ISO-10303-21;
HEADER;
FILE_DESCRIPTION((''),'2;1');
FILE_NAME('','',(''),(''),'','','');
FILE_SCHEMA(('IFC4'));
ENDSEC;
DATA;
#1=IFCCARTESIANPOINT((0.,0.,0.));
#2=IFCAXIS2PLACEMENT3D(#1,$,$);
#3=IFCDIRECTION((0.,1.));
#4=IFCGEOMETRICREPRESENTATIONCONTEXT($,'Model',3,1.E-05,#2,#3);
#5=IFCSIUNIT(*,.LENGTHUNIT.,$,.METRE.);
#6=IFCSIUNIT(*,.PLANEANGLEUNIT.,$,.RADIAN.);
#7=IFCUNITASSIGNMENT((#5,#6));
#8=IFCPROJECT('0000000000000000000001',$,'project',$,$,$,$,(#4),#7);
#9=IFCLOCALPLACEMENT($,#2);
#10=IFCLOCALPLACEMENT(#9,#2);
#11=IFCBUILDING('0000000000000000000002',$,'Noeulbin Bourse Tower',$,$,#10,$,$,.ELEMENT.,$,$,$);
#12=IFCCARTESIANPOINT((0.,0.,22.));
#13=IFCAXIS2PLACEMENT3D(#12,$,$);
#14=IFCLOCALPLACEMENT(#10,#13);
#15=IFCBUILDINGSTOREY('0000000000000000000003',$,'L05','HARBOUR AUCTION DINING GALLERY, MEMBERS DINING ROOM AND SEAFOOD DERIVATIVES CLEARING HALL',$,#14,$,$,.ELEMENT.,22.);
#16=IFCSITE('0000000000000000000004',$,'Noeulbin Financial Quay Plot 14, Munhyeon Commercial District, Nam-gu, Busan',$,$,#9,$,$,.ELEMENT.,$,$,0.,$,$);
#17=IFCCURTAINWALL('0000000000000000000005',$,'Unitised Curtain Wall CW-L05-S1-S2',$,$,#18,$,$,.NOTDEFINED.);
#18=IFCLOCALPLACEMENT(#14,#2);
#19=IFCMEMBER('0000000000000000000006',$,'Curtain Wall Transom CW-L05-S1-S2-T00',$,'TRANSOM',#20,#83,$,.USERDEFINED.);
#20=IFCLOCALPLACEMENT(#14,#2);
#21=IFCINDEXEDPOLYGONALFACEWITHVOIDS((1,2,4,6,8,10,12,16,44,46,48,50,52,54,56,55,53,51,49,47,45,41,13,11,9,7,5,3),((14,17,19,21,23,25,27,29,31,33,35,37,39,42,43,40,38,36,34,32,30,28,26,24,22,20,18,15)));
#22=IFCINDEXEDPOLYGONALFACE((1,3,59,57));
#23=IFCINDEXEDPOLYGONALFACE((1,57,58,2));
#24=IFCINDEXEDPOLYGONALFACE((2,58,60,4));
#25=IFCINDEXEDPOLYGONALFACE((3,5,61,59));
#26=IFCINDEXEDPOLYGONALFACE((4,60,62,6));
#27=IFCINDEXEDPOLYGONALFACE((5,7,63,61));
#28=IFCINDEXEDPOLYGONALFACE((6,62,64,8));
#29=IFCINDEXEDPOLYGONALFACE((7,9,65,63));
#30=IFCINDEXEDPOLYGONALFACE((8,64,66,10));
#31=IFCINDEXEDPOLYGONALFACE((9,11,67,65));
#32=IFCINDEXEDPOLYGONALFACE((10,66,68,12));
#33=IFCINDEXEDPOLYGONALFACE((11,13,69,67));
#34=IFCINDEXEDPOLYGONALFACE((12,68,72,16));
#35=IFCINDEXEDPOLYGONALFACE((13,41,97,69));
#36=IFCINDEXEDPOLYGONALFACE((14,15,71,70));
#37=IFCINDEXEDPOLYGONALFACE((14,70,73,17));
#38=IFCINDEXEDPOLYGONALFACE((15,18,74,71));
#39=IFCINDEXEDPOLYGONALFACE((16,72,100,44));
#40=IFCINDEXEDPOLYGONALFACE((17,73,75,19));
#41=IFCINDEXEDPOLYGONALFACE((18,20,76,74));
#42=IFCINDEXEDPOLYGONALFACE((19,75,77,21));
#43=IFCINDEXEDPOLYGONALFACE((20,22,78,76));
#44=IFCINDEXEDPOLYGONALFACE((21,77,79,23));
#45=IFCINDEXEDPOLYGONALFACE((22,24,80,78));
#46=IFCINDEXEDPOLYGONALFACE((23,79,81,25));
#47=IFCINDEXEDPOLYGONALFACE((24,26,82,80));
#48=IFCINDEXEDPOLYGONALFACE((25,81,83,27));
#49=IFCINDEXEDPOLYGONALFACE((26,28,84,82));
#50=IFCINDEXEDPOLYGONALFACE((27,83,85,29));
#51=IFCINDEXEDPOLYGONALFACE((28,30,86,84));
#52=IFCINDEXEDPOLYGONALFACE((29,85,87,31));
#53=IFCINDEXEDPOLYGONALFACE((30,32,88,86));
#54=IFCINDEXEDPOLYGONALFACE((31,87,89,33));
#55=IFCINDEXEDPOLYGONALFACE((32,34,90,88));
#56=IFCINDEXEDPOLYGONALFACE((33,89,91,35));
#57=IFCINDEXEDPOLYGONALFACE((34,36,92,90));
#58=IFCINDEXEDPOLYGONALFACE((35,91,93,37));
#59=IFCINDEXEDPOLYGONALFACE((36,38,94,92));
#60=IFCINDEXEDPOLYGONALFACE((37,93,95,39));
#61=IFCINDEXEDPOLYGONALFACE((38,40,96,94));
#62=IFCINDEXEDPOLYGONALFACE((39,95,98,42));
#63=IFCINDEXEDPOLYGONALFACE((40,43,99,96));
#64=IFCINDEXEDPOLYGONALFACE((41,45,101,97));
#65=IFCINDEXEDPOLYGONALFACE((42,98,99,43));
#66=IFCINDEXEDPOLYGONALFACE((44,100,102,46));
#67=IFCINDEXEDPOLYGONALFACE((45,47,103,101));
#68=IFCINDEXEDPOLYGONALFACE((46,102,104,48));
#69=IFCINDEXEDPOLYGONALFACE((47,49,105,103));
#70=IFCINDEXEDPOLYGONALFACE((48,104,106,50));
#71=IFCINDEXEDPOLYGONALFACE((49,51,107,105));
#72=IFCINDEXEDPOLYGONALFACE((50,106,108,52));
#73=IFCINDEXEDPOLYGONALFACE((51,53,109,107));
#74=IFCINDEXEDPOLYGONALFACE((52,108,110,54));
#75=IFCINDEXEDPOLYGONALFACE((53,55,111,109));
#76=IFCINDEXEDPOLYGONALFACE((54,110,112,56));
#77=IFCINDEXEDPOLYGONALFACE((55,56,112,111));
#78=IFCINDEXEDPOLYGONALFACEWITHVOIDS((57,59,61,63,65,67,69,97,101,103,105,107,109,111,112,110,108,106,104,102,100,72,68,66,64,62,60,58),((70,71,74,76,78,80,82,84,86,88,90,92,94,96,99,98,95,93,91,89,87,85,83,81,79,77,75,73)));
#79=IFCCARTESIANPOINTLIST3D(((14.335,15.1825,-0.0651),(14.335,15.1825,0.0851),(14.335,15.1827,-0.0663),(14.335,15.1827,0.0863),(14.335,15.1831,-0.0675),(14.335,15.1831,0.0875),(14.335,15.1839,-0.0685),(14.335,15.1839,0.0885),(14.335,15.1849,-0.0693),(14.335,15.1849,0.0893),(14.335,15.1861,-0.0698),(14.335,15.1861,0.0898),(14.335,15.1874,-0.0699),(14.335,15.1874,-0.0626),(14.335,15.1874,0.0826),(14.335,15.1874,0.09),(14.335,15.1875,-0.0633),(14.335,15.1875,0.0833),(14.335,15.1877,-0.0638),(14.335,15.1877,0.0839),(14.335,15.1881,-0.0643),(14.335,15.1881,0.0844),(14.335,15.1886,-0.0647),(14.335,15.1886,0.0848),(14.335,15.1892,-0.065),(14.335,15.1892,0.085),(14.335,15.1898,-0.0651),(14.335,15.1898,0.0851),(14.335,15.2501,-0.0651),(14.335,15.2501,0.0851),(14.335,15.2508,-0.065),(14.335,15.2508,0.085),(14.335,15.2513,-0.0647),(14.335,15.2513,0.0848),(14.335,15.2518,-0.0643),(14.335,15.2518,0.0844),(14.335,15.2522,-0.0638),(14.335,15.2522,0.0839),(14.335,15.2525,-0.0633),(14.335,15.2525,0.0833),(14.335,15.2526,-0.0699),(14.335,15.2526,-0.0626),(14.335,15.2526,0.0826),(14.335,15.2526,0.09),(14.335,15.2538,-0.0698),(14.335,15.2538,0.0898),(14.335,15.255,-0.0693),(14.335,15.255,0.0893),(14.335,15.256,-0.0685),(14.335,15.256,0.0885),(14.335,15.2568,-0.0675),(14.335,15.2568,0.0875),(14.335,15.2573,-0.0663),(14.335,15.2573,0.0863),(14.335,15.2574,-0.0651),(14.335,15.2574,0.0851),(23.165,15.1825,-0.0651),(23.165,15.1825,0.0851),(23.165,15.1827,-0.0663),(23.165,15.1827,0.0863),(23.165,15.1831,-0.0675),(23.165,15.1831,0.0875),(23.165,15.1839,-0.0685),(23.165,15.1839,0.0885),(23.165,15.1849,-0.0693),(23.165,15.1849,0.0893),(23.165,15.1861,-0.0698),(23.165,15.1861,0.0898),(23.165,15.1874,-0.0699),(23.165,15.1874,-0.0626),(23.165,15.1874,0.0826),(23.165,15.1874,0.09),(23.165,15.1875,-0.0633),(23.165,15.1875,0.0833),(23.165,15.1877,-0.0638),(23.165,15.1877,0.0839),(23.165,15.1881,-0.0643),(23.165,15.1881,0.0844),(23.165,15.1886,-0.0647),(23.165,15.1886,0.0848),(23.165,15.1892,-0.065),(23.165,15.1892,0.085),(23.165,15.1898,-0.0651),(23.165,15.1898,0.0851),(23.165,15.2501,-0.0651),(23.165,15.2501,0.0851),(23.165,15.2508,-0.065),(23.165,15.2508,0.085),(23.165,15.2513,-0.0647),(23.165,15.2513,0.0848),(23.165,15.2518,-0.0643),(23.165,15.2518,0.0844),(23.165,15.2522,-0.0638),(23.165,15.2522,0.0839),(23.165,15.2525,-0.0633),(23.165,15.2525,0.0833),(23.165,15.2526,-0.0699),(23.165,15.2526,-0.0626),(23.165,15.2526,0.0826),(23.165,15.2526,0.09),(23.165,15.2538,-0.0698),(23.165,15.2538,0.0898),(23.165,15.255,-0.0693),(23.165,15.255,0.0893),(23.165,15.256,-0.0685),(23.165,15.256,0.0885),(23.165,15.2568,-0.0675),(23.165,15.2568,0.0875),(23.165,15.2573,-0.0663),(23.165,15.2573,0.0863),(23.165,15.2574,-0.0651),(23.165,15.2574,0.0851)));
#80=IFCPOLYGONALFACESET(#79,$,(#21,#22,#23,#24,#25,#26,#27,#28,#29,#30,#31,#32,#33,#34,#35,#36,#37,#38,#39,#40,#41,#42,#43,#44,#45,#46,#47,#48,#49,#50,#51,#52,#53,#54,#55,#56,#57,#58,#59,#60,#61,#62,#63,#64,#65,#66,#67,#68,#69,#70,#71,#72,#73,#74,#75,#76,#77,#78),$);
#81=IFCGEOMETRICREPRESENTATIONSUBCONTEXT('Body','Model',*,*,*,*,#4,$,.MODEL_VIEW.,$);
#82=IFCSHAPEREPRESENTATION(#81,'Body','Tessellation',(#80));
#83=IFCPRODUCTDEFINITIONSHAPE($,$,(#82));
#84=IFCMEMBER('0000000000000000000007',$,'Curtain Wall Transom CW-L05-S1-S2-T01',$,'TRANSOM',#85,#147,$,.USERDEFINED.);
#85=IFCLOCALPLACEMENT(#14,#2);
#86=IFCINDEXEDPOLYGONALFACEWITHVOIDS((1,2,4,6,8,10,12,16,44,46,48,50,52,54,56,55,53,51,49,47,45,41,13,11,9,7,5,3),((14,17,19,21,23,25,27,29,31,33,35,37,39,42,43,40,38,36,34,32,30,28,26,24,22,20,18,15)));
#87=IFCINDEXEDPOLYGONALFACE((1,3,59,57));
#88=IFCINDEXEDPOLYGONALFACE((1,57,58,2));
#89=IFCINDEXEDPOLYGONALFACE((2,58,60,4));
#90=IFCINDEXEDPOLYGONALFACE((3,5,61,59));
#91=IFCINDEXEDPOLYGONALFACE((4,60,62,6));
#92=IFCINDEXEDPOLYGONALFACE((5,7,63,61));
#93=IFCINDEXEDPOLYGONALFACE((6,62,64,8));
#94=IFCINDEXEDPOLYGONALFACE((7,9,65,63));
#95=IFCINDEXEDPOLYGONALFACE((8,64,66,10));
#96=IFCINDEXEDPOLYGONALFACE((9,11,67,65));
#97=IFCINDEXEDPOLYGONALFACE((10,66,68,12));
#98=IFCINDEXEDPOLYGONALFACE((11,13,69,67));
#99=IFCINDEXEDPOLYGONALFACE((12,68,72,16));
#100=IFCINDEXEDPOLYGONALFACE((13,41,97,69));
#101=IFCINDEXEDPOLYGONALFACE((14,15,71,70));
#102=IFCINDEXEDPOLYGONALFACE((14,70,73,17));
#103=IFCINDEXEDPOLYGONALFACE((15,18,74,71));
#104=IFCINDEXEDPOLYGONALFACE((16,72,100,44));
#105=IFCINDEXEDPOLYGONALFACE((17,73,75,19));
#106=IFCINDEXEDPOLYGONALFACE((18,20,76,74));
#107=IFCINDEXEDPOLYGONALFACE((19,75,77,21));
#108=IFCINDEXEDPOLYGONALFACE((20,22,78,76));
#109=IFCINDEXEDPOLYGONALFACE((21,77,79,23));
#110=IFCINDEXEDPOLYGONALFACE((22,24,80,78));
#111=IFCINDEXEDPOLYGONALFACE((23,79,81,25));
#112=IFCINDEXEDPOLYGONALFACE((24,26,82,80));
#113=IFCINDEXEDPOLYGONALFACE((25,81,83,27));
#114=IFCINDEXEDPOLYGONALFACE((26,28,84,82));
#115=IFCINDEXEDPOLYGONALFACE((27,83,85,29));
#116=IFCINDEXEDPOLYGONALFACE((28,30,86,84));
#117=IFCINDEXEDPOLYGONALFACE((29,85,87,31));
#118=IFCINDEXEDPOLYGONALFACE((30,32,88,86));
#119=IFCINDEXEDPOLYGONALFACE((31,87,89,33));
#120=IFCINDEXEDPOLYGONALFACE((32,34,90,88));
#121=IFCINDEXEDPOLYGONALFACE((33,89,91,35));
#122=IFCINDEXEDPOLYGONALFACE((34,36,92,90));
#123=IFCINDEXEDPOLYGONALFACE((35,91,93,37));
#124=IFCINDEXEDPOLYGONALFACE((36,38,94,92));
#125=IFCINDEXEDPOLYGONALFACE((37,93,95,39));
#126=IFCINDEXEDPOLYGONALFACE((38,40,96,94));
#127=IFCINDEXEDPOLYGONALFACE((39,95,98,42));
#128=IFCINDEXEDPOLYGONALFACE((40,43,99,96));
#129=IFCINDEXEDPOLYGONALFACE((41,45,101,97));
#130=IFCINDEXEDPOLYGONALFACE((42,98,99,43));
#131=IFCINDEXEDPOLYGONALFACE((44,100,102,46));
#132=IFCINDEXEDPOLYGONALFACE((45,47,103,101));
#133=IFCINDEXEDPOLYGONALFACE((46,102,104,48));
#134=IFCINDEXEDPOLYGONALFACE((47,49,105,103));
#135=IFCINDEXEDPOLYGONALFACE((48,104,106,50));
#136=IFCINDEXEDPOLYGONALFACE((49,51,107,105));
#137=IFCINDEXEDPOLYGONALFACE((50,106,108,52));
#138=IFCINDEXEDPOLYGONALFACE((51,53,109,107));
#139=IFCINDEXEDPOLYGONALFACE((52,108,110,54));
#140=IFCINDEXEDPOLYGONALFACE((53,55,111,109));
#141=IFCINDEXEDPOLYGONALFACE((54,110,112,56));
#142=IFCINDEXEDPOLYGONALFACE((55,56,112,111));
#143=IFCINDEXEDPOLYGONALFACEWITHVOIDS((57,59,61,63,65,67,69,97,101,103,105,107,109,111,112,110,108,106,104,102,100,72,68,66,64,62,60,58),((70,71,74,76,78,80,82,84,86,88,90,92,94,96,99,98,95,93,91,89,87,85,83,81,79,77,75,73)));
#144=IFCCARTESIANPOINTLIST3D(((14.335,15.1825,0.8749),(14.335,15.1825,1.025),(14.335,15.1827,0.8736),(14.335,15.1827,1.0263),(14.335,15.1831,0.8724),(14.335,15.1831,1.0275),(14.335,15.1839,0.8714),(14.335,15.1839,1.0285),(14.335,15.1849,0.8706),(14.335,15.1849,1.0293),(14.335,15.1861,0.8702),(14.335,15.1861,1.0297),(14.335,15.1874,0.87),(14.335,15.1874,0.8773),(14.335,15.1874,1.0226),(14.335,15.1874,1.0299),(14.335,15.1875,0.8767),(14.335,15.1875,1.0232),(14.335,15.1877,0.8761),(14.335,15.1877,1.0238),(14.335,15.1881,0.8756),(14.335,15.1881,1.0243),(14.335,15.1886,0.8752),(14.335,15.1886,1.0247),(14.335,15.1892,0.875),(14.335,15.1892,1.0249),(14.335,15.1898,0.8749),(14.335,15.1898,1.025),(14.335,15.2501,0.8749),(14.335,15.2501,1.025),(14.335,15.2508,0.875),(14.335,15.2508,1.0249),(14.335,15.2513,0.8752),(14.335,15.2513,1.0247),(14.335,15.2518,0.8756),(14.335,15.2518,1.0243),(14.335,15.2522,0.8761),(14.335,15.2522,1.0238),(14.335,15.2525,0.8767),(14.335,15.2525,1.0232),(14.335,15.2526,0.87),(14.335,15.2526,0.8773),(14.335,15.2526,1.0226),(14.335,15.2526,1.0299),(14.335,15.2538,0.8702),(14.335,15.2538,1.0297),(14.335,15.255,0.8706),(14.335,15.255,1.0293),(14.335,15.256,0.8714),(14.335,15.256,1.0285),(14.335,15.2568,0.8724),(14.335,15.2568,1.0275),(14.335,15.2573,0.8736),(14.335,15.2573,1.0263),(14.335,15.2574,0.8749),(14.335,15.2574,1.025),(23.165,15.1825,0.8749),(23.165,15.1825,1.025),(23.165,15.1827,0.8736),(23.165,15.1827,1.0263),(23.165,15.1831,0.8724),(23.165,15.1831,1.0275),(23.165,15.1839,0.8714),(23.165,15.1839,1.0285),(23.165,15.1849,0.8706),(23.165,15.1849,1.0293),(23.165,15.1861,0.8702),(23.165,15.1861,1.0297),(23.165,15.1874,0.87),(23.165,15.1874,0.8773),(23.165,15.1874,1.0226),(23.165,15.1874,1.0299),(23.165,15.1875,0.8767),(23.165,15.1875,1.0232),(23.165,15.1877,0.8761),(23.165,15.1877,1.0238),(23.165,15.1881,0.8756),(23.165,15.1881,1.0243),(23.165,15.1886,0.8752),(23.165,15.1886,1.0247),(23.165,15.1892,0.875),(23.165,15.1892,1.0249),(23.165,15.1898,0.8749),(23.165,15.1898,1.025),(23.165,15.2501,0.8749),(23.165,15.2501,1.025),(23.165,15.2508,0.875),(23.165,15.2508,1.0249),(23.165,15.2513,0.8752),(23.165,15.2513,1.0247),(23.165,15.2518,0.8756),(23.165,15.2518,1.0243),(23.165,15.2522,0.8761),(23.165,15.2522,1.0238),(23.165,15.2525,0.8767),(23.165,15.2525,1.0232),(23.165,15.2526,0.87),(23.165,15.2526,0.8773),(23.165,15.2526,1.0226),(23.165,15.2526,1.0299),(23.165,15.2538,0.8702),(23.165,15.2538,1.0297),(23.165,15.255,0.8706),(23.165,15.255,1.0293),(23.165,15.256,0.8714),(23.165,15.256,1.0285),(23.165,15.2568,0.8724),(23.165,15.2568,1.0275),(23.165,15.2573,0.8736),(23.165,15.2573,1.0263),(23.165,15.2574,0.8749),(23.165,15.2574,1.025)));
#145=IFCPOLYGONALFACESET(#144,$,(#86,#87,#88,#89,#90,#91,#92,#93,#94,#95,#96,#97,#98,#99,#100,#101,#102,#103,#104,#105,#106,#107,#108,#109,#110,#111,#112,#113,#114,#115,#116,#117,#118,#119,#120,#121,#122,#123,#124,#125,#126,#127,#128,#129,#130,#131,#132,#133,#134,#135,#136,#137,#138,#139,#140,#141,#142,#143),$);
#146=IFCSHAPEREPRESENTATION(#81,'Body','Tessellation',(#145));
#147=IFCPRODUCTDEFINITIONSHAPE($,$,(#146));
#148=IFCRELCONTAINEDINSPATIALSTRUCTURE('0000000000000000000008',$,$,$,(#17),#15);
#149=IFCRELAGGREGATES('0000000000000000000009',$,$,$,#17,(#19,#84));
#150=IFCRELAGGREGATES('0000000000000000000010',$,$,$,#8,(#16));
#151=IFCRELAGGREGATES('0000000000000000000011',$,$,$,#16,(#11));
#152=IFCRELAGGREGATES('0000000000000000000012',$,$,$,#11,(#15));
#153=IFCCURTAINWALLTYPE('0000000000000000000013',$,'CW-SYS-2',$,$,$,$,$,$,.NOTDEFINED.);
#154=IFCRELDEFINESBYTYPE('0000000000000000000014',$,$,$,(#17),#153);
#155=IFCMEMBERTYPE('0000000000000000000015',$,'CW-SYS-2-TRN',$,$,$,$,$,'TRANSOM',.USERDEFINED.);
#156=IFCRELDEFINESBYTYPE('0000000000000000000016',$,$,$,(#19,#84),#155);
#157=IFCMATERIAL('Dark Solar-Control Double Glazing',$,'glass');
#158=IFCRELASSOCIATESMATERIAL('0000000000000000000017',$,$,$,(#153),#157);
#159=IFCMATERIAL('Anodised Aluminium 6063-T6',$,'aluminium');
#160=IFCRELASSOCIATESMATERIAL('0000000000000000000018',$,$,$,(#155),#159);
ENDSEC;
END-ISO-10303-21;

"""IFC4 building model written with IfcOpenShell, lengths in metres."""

from ifc_helpers import new_model, si_unit, direction, frame, origin, origin_2d, place, context, subcontext, project, spatial, hollow_rectangle, extrude, material, material_profile, profile_set, type_object, element, aggregate, save


model = new_model("IFC4")

# Units and contexts
model_context = context("Model", 3, precision=1e-05, world=origin(), true_north=direction((0.0, 1.0)))
body_context = subcontext(model_context, "Body", "Model", "MODEL_VIEW")
ifc_project = project(units=[si_unit("LENGTHUNIT", "METRE"), si_unit("PLANEANGLEUNIT", "RADIAN")], contexts=[model_context])

# Site, building, storey
site_placement = place(None, origin())
site = spatial("IfcSite", under=ifc_project, at=site_placement, Name="Noeulbin Financial Quay Plot 14, Munhyeon Commercial District, Nam-gu, Busan", CompositionType="ELEMENT", RefElevation=0.0)
building_placement = place(site_placement, origin())
building = spatial("IfcBuilding", under=site, at=building_placement, Name="Noeulbin Bourse Tower", CompositionType="ELEMENT")
storey_placement = place(building_placement, frame((0.0, 0.0, 22.0)))
storey = spatial("IfcBuildingStorey", under=building, at=storey_placement, Name="L05", Description="HARBOUR AUCTION DINING GALLERY, MEMBERS DINING ROOM AND SEAFOOD DERIVATIVES CLEARING HALL", CompositionType="ELEMENT", Elevation=22.0)

# Shared definitions
ifc_material_1 = material(Name="Dark Solar-Control Double Glazing", Category="glass")
curtain_wall_type = type_object("IfcCurtainWallType", Name="CW-SYS-2", PredefinedType="NOTDEFINED", material=ifc_material_1)
ifc_material_2 = material(Name="Anodised Aluminium 6063-T6", Category="aluminium")

# Curtain wall
curtain_wall_1_placement = place(storey_placement, origin())
curtain_wall_1 = element("IfcCurtainWall", 1, at=curtain_wall_1_placement, inside=storey, type_object=curtain_wall_type, Name="Unitised Curtain Wall CW-L05-S1-S2", PredefinedType="NOTDEFINED")

# Members
ifc_material_profile_1 = material_profile(ifc_material_2, hollow_rectangle(XDim=0.075, YDim=0.1599, WallThickness=0.0049, InnerFilletRadius=0.0024, OuterFilletRadius=0.0049, at=origin_2d()), Name="ALU-TRAN-75x160x5", Category="LoadBearing")
ifc_profile_set_1 = profile_set([ifc_material_profile_1], Name="Anodised Aluminium 6063-T6")
member_type_1 = type_object("IfcMemberType", Name="CW-SYS-2-TRN", ElementType="TRANSOM", PredefinedType="USERDEFINED", material=ifc_profile_set_1)
member_1_placement = place(storey_placement, frame((14.335, 15.22, 0.01), z_axis=(1.0, 0.0, 0.0), x_axis=(0.0, 1.0, 0.0)))
member_1 = element("IfcMember", 2, at=member_1_placement, type_object=member_type_1, Name="Curtain Wall Transom CW-L05-S1-S2-T00", ObjectType="TRANSOM", PredefinedType="USERDEFINED", context=body_context, shape_type="SweptSolid", body=[
    extrude(hollow_rectangle(XDim=0.075, YDim=0.1599, WallThickness=0.0049, InnerFilletRadius=0.0024, OuterFilletRadius=0.0049, at=origin_2d()), origin(), (0.0, 0.0, 1.0), 8.8301),
])
member_2_placement = place(storey_placement, frame((14.335, 15.22, 0.95), z_axis=(1.0, 0.0, 0.0), x_axis=(0.0, 1.0, 0.0)))
member_2 = element("IfcMember", 3, at=member_2_placement, type_object=member_type_1, Name="Curtain Wall Transom CW-L05-S1-S2-T01", ObjectType="TRANSOM", PredefinedType="USERDEFINED", context=body_context, shape_type="SweptSolid", body=[
    extrude(hollow_rectangle(XDim=0.075, YDim=0.1599, WallThickness=0.0049, InnerFilletRadius=0.0024, OuterFilletRadius=0.0049, at=origin_2d()), origin(), (0.0, 0.0, 1.0), 8.8301),
])

aggregate(curtain_wall_1, [member_1, member_2])

save(model, "model.ifc")
